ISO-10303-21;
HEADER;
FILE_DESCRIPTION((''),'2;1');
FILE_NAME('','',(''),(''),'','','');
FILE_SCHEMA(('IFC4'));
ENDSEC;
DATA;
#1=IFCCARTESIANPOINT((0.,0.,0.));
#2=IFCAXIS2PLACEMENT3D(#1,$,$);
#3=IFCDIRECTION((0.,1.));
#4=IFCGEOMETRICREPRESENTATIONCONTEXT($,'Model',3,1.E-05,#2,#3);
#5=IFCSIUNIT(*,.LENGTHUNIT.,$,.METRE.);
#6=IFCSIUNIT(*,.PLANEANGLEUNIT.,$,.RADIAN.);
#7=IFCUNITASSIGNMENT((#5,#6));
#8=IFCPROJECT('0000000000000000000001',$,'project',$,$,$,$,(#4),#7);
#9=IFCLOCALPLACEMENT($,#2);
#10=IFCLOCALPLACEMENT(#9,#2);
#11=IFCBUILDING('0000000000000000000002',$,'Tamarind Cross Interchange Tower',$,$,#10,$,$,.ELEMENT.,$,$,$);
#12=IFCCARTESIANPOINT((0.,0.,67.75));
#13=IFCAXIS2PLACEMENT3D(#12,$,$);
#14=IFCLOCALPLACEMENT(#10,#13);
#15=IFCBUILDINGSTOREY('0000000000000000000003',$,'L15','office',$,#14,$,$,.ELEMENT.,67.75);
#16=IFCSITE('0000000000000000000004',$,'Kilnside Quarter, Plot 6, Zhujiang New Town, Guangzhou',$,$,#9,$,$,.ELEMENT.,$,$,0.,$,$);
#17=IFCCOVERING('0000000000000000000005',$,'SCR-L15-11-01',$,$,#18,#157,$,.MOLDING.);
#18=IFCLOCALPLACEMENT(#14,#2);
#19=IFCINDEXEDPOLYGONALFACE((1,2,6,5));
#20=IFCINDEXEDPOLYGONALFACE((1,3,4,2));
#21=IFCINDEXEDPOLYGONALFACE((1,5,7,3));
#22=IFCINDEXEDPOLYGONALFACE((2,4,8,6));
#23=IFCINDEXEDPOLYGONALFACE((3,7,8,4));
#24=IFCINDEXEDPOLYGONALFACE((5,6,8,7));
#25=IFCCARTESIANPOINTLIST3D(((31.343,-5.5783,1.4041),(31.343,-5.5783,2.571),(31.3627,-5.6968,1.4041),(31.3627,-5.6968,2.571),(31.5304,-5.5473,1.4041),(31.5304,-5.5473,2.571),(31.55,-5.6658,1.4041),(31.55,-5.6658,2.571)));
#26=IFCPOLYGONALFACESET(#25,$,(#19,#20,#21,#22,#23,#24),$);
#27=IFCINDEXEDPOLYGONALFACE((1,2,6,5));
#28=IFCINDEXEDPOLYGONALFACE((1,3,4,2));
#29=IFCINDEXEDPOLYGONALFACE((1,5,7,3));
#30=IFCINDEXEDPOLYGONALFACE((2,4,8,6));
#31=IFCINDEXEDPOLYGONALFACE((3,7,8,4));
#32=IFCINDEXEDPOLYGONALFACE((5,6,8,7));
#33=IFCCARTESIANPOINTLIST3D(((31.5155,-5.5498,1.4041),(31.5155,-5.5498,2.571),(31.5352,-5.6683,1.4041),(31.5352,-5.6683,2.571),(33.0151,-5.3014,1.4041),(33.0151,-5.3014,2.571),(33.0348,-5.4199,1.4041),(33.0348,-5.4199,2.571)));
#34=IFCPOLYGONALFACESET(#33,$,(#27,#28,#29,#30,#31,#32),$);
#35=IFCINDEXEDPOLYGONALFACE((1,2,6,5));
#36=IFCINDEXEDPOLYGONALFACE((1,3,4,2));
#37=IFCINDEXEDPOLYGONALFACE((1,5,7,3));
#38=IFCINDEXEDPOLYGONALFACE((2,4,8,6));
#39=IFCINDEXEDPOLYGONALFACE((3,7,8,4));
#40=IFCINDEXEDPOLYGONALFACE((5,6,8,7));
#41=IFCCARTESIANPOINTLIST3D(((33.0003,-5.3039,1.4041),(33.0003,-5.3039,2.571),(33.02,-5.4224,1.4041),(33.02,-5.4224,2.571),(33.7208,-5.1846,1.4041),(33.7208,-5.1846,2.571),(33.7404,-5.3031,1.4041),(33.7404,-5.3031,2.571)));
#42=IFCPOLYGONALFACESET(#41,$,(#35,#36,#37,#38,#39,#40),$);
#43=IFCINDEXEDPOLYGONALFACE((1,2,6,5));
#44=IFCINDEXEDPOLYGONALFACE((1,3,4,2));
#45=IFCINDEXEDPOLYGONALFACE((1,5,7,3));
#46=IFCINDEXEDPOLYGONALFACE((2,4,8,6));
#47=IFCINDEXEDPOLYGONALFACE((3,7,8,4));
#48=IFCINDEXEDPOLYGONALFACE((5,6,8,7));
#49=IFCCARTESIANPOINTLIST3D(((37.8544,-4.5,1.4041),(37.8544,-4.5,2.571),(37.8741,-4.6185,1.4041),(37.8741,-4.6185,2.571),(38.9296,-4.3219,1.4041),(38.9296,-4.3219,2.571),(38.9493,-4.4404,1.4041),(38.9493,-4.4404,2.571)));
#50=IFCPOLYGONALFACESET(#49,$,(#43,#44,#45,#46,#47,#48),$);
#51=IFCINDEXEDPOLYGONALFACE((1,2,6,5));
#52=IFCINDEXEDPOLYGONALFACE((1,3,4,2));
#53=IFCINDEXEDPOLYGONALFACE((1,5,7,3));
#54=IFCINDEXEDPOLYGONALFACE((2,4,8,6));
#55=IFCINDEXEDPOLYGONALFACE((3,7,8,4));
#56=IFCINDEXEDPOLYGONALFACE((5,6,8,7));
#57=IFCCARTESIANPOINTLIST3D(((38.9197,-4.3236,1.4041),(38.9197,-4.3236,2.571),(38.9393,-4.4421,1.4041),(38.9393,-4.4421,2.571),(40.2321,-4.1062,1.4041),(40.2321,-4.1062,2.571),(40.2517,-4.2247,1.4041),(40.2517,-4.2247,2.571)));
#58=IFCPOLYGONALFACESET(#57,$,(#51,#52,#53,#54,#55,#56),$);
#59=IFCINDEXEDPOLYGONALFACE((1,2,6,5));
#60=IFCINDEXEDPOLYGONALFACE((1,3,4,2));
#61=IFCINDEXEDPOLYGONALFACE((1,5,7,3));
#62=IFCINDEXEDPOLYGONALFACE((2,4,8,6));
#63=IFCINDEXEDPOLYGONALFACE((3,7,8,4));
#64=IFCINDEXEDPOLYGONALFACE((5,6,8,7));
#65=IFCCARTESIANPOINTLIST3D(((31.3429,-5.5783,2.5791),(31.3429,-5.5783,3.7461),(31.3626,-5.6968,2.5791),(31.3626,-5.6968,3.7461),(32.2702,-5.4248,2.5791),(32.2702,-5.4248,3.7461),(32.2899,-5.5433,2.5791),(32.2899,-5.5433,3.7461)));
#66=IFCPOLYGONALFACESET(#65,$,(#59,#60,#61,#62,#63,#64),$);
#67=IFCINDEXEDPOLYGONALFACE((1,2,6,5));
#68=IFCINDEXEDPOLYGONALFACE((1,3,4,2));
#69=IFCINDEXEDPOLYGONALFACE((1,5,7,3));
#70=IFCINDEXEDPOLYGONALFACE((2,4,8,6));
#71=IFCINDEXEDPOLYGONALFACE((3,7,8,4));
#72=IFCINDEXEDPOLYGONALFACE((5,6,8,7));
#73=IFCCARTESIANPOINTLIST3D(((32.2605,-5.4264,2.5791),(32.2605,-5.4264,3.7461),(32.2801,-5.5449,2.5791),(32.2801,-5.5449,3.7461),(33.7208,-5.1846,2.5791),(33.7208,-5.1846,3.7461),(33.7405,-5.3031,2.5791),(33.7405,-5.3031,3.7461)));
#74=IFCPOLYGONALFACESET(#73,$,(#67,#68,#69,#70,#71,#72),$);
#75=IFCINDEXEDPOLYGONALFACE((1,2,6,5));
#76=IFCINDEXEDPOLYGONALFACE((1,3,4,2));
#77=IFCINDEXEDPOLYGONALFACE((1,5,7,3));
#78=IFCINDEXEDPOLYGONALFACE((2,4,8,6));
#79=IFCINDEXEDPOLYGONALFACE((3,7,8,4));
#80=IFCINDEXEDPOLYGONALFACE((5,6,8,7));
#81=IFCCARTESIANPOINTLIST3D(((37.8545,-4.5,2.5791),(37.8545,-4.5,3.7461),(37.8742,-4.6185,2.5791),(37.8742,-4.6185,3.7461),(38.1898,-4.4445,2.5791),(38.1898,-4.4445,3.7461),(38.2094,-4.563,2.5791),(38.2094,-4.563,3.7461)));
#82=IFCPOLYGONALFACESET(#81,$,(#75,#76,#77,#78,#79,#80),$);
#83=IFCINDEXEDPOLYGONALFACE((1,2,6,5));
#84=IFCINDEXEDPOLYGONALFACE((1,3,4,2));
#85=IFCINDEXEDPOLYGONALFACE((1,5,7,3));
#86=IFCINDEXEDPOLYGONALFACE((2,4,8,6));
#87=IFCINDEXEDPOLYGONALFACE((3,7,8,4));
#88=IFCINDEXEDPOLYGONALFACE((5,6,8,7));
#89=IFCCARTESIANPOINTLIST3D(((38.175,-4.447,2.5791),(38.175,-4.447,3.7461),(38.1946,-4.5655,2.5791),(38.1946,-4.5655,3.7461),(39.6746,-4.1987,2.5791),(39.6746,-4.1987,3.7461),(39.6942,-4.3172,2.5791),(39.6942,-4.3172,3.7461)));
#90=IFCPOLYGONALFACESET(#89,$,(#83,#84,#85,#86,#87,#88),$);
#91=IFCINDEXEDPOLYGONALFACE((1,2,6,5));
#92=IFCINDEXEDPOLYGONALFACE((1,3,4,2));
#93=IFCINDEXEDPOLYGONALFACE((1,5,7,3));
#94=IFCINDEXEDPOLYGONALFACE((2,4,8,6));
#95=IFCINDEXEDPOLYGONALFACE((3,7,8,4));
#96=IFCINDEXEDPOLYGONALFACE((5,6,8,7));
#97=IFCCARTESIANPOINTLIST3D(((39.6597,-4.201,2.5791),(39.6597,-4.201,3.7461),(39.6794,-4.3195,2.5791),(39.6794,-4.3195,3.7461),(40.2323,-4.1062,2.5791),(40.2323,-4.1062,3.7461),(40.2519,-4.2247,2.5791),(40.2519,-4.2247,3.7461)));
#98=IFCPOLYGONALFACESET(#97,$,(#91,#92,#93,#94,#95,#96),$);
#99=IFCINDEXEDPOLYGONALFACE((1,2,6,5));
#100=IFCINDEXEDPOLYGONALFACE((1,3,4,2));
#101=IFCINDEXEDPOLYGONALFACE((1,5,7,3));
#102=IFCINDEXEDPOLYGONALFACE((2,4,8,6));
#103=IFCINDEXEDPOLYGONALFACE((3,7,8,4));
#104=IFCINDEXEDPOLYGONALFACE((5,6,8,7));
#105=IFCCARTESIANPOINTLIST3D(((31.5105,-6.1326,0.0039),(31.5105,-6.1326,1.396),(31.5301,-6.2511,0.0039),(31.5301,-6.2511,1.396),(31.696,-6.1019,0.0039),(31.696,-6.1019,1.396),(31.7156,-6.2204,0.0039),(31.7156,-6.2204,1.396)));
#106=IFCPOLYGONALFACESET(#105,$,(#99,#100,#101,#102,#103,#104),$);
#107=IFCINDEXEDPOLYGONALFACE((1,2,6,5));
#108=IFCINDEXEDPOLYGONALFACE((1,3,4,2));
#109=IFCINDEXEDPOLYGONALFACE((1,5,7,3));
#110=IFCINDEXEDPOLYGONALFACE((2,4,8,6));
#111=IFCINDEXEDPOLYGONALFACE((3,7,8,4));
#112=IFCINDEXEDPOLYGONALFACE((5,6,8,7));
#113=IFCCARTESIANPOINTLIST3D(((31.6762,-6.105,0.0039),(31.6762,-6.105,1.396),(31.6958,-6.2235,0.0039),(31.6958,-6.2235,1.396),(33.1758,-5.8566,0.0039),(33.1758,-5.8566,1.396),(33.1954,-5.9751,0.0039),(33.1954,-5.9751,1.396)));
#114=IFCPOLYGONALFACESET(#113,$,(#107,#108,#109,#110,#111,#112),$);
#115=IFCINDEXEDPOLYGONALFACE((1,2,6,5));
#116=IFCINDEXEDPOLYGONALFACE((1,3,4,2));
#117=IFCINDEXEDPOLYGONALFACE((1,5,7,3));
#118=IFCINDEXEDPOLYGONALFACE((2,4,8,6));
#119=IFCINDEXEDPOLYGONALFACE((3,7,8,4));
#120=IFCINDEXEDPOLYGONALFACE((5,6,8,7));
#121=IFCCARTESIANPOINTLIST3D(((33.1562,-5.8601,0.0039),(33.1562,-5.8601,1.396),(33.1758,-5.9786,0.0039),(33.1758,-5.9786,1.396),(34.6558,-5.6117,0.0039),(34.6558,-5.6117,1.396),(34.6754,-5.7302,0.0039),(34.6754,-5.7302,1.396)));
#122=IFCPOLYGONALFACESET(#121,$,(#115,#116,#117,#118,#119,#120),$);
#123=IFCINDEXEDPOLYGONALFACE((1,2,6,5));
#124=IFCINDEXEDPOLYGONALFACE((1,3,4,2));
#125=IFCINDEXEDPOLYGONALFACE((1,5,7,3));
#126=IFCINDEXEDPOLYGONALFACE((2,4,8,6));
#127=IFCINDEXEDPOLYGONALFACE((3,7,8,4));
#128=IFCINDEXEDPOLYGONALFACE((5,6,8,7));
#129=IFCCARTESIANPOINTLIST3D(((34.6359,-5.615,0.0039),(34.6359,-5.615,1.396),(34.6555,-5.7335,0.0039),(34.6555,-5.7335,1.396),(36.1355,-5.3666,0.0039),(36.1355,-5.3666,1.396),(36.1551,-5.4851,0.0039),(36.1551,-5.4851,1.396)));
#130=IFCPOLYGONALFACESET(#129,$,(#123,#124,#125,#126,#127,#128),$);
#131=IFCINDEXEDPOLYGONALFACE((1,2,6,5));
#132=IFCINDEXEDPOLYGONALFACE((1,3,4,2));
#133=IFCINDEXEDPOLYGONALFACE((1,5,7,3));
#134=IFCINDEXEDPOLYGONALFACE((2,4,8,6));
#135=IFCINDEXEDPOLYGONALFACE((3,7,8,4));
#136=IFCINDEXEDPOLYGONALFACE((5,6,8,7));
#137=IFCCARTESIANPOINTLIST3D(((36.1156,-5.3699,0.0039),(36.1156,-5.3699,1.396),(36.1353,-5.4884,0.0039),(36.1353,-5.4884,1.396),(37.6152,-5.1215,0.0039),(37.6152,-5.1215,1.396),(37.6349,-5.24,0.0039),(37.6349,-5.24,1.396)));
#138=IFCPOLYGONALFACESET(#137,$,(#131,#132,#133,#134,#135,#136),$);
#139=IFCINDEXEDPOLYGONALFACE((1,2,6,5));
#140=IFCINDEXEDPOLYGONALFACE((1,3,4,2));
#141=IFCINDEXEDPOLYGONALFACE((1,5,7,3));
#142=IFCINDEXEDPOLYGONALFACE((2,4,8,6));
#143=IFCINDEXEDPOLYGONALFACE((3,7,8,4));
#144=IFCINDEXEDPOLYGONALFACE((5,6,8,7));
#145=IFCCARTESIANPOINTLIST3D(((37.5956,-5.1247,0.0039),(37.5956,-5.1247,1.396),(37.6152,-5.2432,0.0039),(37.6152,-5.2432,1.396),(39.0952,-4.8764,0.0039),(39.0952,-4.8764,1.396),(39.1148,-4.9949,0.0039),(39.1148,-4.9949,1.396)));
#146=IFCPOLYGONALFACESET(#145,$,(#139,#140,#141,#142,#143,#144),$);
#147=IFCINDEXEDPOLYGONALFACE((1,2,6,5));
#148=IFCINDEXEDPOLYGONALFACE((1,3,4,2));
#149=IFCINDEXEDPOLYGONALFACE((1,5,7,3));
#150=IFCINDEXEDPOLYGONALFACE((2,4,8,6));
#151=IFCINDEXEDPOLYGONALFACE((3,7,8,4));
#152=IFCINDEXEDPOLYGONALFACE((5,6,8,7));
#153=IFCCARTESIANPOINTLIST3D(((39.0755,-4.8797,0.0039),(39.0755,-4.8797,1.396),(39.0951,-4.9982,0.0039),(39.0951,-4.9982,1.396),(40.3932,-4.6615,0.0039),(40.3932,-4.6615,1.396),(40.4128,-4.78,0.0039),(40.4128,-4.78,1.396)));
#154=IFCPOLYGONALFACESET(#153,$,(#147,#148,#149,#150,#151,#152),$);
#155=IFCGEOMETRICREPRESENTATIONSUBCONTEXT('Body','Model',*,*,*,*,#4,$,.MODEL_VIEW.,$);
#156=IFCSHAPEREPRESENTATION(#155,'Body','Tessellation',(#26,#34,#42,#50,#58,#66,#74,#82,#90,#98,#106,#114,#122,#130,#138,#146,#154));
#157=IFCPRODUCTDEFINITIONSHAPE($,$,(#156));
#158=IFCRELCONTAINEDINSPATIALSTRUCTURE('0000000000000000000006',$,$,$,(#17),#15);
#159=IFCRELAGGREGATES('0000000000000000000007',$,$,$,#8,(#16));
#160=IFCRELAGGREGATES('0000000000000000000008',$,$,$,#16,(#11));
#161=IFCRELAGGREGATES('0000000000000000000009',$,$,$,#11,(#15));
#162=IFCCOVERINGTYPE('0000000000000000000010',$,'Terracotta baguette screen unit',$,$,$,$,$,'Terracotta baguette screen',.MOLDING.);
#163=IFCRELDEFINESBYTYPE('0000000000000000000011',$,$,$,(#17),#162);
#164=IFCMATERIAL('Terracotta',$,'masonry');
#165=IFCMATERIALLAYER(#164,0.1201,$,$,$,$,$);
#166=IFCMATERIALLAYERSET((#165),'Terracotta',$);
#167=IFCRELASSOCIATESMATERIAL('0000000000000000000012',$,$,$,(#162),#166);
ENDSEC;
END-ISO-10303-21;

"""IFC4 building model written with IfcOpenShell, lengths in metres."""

from ifc_helpers import new_model, si_unit, direction, frame, origin, origin_2d, place, context, subcontext, project, spatial, rectangle, extrude, material, layer, layer_set, type_object, element, save


model = new_model("IFC4")

# Units and contexts
model_context = context("Model", 3, precision=1e-05, world=origin(), true_north=direction((0.0, 1.0)))
body_context = subcontext(model_context, "Body", "Model", "MODEL_VIEW")
ifc_project = project(units=[si_unit("LENGTHUNIT", "METRE"), si_unit("PLANEANGLEUNIT", "RADIAN")], contexts=[model_context])

# Site, building, storey
site_placement = place(None, origin())
site = spatial("IfcSite", under=ifc_project, at=site_placement, Name="Kilnside Quarter, Plot 6, Zhujiang New Town, Guangzhou", CompositionType="ELEMENT", RefElevation=0.0)
building_placement = place(site_placement, origin())
building = spatial("IfcBuilding", under=site, at=building_placement, Name="Tamarind Cross Interchange Tower", CompositionType="ELEMENT")
storey_placement = place(building_placement, frame((0.0, 0.0, 67.75)))
storey = spatial("IfcBuildingStorey", under=building, at=storey_placement, Name="L15", Description="office", CompositionType="ELEMENT", Elevation=67.75)

# Covering
ifc_material_1 = material(Name="Terracotta", Category="masonry")
ifc_layer_1 = layer(ifc_material_1, 0.1201)
ifc_layer_set_1 = layer_set([ifc_layer_1], Name="Terracotta")
covering_type = type_object("IfcCoveringType", Name="Terracotta baguette screen unit", ElementType="Terracotta baguette screen", PredefinedType="MOLDING", material=ifc_layer_set_1)
covering_1_placement = place(storey_placement, origin())
element("IfcCovering", 1, at=covering_1_placement, inside=storey, type_object=covering_type, Name="SCR-L15-11-01", PredefinedType="MOLDING", context=body_context, shape_type="SweptSolid", body=[
    extrude(rectangle(XDim=0.1899, YDim=0.1201, at=origin_2d()), frame((31.4465, -5.6221, 1.4041), z_axis=(0.0, 0.0, 1.0), x_axis=(0.986563, 0.163381, 0.0)), (0.0, 0.0, 1.0), 1.167),
    extrude(rectangle(XDim=1.52, YDim=0.1201, at=origin_2d()), frame((32.2751, -5.4849, 1.4041), z_axis=(0.0, 0.0, 1.0), x_axis=(0.986563, 0.163381, 0.0)), (0.0, 0.0, 1.0), 1.167),
    extrude(rectangle(XDim=0.7302, YDim=0.1201, at=origin_2d()), frame((33.3704, -5.3035, 1.4041), z_axis=(0.0, 0.0, 1.0), x_axis=(0.986563, 0.163381, 0.0)), (0.0, 0.0, 1.0), 1.167),
    extrude(rectangle(XDim=1.0898, YDim=0.1201, at=origin_2d()), frame((38.4019, -4.4702, 1.4041), z_axis=(0.0, 0.0, 1.0), x_axis=(0.986563, 0.163381, 0.0)), (0.0, 0.0, 1.0), 1.167),
    extrude(rectangle(XDim=1.3303, YDim=0.1201, at=origin_2d()), frame((39.5857, -4.2742, 1.4041), z_axis=(0.0, 0.0, 1.0), x_axis=(0.986563, 0.163381, 0.0)), (0.0, 0.0, 1.0), 1.167),
    extrude(rectangle(XDim=0.9399, YDim=0.1201, at=origin_2d()), frame((31.8164, -5.5608, 2.5791), z_axis=(0.0, 0.0, 1.0), x_axis=(0.986563, 0.163381, 0.0)), (0.0, 0.0, 1.0), 1.167),
    extrude(rectangle(XDim=1.4802, YDim=0.1201, at=origin_2d()), frame((33.0005, -5.3647, 2.5791), z_axis=(0.0, 0.0, 1.0), x_axis=(0.986563, 0.163381, 0.0)), (0.0, 0.0, 1.0), 1.167),
    extrude(rectangle(XDim=0.3398, YDim=0.1201, at=origin_2d()), frame((38.032, -4.5315, 2.5791), z_axis=(0.0, 0.0, 1.0), x_axis=(0.986563, 0.163381, 0.0)), (0.0, 0.0, 1.0), 1.167),
    extrude(rectangle(XDim=1.52, YDim=0.1201, at=origin_2d()), frame((38.9346, -4.3821, 2.5791), z_axis=(0.0, 0.0, 1.0), x_axis=(0.986563, 0.163381, 0.0)), (0.0, 0.0, 1.0), 1.167),
    extrude(rectangle(XDim=0.5803, YDim=0.1201, at=origin_2d()), frame((39.9558, -4.2129, 2.5791), z_axis=(0.0, 0.0, 1.0), x_axis=(0.986563, 0.163381, 0.0)), (0.0, 0.0, 1.0), 1.167),
    extrude(rectangle(XDim=0.188, YDim=0.1201, at=origin_2d()), frame((31.613, -6.1765, 0.0039), z_axis=(0.0, 0.0, 1.0), x_axis=(0.986563, 0.163381, 0.0)), (0.0, 0.0, 1.0), 1.3921),
    extrude(rectangle(XDim=1.52, YDim=0.1201, at=origin_2d()), frame((32.4358, -6.04, 0.0039), z_axis=(0.0, 0.0, 1.0), x_axis=(0.986563, 0.163381, 0.0)), (0.0, 0.0, 1.0), 1.3921),
    extrude(rectangle(XDim=1.52, YDim=0.1201, at=origin_2d()), frame((33.9158, -5.7952, 0.0039), z_axis=(0.0, 0.0, 1.0), x_axis=(0.986563, 0.163381, 0.0)), (0.0, 0.0, 1.0), 1.3921),
    extrude(rectangle(XDim=1.52, YDim=0.1201, at=origin_2d()), frame((35.3955, -5.55, 0.0039), z_axis=(0.0, 0.0, 1.0), x_axis=(0.986563, 0.163381, 0.0)), (0.0, 0.0, 1.0), 1.3921),
    extrude(rectangle(XDim=1.52, YDim=0.1201, at=origin_2d()), frame((36.8752, -5.3049, 0.0039), z_axis=(0.0, 0.0, 1.0), x_axis=(0.986563, 0.163381, 0.0)), (0.0, 0.0, 1.0), 1.3921),
    extrude(rectangle(XDim=1.52, YDim=0.1201, at=origin_2d()), frame((38.3552, -5.0598, 0.0039), z_axis=(0.0, 0.0, 1.0), x_axis=(0.986563, 0.163381, 0.0)), (0.0, 0.0, 1.0), 1.3921),
    extrude(rectangle(XDim=1.3357, YDim=0.1201, at=origin_2d()), frame((39.7441, -4.8298, 0.0039), z_axis=(0.0, 0.0, 1.0), x_axis=(0.986563, 0.163381, 0.0)), (0.0, 0.0, 1.0), 1.3921),
])

save(model, "model.ifc")
